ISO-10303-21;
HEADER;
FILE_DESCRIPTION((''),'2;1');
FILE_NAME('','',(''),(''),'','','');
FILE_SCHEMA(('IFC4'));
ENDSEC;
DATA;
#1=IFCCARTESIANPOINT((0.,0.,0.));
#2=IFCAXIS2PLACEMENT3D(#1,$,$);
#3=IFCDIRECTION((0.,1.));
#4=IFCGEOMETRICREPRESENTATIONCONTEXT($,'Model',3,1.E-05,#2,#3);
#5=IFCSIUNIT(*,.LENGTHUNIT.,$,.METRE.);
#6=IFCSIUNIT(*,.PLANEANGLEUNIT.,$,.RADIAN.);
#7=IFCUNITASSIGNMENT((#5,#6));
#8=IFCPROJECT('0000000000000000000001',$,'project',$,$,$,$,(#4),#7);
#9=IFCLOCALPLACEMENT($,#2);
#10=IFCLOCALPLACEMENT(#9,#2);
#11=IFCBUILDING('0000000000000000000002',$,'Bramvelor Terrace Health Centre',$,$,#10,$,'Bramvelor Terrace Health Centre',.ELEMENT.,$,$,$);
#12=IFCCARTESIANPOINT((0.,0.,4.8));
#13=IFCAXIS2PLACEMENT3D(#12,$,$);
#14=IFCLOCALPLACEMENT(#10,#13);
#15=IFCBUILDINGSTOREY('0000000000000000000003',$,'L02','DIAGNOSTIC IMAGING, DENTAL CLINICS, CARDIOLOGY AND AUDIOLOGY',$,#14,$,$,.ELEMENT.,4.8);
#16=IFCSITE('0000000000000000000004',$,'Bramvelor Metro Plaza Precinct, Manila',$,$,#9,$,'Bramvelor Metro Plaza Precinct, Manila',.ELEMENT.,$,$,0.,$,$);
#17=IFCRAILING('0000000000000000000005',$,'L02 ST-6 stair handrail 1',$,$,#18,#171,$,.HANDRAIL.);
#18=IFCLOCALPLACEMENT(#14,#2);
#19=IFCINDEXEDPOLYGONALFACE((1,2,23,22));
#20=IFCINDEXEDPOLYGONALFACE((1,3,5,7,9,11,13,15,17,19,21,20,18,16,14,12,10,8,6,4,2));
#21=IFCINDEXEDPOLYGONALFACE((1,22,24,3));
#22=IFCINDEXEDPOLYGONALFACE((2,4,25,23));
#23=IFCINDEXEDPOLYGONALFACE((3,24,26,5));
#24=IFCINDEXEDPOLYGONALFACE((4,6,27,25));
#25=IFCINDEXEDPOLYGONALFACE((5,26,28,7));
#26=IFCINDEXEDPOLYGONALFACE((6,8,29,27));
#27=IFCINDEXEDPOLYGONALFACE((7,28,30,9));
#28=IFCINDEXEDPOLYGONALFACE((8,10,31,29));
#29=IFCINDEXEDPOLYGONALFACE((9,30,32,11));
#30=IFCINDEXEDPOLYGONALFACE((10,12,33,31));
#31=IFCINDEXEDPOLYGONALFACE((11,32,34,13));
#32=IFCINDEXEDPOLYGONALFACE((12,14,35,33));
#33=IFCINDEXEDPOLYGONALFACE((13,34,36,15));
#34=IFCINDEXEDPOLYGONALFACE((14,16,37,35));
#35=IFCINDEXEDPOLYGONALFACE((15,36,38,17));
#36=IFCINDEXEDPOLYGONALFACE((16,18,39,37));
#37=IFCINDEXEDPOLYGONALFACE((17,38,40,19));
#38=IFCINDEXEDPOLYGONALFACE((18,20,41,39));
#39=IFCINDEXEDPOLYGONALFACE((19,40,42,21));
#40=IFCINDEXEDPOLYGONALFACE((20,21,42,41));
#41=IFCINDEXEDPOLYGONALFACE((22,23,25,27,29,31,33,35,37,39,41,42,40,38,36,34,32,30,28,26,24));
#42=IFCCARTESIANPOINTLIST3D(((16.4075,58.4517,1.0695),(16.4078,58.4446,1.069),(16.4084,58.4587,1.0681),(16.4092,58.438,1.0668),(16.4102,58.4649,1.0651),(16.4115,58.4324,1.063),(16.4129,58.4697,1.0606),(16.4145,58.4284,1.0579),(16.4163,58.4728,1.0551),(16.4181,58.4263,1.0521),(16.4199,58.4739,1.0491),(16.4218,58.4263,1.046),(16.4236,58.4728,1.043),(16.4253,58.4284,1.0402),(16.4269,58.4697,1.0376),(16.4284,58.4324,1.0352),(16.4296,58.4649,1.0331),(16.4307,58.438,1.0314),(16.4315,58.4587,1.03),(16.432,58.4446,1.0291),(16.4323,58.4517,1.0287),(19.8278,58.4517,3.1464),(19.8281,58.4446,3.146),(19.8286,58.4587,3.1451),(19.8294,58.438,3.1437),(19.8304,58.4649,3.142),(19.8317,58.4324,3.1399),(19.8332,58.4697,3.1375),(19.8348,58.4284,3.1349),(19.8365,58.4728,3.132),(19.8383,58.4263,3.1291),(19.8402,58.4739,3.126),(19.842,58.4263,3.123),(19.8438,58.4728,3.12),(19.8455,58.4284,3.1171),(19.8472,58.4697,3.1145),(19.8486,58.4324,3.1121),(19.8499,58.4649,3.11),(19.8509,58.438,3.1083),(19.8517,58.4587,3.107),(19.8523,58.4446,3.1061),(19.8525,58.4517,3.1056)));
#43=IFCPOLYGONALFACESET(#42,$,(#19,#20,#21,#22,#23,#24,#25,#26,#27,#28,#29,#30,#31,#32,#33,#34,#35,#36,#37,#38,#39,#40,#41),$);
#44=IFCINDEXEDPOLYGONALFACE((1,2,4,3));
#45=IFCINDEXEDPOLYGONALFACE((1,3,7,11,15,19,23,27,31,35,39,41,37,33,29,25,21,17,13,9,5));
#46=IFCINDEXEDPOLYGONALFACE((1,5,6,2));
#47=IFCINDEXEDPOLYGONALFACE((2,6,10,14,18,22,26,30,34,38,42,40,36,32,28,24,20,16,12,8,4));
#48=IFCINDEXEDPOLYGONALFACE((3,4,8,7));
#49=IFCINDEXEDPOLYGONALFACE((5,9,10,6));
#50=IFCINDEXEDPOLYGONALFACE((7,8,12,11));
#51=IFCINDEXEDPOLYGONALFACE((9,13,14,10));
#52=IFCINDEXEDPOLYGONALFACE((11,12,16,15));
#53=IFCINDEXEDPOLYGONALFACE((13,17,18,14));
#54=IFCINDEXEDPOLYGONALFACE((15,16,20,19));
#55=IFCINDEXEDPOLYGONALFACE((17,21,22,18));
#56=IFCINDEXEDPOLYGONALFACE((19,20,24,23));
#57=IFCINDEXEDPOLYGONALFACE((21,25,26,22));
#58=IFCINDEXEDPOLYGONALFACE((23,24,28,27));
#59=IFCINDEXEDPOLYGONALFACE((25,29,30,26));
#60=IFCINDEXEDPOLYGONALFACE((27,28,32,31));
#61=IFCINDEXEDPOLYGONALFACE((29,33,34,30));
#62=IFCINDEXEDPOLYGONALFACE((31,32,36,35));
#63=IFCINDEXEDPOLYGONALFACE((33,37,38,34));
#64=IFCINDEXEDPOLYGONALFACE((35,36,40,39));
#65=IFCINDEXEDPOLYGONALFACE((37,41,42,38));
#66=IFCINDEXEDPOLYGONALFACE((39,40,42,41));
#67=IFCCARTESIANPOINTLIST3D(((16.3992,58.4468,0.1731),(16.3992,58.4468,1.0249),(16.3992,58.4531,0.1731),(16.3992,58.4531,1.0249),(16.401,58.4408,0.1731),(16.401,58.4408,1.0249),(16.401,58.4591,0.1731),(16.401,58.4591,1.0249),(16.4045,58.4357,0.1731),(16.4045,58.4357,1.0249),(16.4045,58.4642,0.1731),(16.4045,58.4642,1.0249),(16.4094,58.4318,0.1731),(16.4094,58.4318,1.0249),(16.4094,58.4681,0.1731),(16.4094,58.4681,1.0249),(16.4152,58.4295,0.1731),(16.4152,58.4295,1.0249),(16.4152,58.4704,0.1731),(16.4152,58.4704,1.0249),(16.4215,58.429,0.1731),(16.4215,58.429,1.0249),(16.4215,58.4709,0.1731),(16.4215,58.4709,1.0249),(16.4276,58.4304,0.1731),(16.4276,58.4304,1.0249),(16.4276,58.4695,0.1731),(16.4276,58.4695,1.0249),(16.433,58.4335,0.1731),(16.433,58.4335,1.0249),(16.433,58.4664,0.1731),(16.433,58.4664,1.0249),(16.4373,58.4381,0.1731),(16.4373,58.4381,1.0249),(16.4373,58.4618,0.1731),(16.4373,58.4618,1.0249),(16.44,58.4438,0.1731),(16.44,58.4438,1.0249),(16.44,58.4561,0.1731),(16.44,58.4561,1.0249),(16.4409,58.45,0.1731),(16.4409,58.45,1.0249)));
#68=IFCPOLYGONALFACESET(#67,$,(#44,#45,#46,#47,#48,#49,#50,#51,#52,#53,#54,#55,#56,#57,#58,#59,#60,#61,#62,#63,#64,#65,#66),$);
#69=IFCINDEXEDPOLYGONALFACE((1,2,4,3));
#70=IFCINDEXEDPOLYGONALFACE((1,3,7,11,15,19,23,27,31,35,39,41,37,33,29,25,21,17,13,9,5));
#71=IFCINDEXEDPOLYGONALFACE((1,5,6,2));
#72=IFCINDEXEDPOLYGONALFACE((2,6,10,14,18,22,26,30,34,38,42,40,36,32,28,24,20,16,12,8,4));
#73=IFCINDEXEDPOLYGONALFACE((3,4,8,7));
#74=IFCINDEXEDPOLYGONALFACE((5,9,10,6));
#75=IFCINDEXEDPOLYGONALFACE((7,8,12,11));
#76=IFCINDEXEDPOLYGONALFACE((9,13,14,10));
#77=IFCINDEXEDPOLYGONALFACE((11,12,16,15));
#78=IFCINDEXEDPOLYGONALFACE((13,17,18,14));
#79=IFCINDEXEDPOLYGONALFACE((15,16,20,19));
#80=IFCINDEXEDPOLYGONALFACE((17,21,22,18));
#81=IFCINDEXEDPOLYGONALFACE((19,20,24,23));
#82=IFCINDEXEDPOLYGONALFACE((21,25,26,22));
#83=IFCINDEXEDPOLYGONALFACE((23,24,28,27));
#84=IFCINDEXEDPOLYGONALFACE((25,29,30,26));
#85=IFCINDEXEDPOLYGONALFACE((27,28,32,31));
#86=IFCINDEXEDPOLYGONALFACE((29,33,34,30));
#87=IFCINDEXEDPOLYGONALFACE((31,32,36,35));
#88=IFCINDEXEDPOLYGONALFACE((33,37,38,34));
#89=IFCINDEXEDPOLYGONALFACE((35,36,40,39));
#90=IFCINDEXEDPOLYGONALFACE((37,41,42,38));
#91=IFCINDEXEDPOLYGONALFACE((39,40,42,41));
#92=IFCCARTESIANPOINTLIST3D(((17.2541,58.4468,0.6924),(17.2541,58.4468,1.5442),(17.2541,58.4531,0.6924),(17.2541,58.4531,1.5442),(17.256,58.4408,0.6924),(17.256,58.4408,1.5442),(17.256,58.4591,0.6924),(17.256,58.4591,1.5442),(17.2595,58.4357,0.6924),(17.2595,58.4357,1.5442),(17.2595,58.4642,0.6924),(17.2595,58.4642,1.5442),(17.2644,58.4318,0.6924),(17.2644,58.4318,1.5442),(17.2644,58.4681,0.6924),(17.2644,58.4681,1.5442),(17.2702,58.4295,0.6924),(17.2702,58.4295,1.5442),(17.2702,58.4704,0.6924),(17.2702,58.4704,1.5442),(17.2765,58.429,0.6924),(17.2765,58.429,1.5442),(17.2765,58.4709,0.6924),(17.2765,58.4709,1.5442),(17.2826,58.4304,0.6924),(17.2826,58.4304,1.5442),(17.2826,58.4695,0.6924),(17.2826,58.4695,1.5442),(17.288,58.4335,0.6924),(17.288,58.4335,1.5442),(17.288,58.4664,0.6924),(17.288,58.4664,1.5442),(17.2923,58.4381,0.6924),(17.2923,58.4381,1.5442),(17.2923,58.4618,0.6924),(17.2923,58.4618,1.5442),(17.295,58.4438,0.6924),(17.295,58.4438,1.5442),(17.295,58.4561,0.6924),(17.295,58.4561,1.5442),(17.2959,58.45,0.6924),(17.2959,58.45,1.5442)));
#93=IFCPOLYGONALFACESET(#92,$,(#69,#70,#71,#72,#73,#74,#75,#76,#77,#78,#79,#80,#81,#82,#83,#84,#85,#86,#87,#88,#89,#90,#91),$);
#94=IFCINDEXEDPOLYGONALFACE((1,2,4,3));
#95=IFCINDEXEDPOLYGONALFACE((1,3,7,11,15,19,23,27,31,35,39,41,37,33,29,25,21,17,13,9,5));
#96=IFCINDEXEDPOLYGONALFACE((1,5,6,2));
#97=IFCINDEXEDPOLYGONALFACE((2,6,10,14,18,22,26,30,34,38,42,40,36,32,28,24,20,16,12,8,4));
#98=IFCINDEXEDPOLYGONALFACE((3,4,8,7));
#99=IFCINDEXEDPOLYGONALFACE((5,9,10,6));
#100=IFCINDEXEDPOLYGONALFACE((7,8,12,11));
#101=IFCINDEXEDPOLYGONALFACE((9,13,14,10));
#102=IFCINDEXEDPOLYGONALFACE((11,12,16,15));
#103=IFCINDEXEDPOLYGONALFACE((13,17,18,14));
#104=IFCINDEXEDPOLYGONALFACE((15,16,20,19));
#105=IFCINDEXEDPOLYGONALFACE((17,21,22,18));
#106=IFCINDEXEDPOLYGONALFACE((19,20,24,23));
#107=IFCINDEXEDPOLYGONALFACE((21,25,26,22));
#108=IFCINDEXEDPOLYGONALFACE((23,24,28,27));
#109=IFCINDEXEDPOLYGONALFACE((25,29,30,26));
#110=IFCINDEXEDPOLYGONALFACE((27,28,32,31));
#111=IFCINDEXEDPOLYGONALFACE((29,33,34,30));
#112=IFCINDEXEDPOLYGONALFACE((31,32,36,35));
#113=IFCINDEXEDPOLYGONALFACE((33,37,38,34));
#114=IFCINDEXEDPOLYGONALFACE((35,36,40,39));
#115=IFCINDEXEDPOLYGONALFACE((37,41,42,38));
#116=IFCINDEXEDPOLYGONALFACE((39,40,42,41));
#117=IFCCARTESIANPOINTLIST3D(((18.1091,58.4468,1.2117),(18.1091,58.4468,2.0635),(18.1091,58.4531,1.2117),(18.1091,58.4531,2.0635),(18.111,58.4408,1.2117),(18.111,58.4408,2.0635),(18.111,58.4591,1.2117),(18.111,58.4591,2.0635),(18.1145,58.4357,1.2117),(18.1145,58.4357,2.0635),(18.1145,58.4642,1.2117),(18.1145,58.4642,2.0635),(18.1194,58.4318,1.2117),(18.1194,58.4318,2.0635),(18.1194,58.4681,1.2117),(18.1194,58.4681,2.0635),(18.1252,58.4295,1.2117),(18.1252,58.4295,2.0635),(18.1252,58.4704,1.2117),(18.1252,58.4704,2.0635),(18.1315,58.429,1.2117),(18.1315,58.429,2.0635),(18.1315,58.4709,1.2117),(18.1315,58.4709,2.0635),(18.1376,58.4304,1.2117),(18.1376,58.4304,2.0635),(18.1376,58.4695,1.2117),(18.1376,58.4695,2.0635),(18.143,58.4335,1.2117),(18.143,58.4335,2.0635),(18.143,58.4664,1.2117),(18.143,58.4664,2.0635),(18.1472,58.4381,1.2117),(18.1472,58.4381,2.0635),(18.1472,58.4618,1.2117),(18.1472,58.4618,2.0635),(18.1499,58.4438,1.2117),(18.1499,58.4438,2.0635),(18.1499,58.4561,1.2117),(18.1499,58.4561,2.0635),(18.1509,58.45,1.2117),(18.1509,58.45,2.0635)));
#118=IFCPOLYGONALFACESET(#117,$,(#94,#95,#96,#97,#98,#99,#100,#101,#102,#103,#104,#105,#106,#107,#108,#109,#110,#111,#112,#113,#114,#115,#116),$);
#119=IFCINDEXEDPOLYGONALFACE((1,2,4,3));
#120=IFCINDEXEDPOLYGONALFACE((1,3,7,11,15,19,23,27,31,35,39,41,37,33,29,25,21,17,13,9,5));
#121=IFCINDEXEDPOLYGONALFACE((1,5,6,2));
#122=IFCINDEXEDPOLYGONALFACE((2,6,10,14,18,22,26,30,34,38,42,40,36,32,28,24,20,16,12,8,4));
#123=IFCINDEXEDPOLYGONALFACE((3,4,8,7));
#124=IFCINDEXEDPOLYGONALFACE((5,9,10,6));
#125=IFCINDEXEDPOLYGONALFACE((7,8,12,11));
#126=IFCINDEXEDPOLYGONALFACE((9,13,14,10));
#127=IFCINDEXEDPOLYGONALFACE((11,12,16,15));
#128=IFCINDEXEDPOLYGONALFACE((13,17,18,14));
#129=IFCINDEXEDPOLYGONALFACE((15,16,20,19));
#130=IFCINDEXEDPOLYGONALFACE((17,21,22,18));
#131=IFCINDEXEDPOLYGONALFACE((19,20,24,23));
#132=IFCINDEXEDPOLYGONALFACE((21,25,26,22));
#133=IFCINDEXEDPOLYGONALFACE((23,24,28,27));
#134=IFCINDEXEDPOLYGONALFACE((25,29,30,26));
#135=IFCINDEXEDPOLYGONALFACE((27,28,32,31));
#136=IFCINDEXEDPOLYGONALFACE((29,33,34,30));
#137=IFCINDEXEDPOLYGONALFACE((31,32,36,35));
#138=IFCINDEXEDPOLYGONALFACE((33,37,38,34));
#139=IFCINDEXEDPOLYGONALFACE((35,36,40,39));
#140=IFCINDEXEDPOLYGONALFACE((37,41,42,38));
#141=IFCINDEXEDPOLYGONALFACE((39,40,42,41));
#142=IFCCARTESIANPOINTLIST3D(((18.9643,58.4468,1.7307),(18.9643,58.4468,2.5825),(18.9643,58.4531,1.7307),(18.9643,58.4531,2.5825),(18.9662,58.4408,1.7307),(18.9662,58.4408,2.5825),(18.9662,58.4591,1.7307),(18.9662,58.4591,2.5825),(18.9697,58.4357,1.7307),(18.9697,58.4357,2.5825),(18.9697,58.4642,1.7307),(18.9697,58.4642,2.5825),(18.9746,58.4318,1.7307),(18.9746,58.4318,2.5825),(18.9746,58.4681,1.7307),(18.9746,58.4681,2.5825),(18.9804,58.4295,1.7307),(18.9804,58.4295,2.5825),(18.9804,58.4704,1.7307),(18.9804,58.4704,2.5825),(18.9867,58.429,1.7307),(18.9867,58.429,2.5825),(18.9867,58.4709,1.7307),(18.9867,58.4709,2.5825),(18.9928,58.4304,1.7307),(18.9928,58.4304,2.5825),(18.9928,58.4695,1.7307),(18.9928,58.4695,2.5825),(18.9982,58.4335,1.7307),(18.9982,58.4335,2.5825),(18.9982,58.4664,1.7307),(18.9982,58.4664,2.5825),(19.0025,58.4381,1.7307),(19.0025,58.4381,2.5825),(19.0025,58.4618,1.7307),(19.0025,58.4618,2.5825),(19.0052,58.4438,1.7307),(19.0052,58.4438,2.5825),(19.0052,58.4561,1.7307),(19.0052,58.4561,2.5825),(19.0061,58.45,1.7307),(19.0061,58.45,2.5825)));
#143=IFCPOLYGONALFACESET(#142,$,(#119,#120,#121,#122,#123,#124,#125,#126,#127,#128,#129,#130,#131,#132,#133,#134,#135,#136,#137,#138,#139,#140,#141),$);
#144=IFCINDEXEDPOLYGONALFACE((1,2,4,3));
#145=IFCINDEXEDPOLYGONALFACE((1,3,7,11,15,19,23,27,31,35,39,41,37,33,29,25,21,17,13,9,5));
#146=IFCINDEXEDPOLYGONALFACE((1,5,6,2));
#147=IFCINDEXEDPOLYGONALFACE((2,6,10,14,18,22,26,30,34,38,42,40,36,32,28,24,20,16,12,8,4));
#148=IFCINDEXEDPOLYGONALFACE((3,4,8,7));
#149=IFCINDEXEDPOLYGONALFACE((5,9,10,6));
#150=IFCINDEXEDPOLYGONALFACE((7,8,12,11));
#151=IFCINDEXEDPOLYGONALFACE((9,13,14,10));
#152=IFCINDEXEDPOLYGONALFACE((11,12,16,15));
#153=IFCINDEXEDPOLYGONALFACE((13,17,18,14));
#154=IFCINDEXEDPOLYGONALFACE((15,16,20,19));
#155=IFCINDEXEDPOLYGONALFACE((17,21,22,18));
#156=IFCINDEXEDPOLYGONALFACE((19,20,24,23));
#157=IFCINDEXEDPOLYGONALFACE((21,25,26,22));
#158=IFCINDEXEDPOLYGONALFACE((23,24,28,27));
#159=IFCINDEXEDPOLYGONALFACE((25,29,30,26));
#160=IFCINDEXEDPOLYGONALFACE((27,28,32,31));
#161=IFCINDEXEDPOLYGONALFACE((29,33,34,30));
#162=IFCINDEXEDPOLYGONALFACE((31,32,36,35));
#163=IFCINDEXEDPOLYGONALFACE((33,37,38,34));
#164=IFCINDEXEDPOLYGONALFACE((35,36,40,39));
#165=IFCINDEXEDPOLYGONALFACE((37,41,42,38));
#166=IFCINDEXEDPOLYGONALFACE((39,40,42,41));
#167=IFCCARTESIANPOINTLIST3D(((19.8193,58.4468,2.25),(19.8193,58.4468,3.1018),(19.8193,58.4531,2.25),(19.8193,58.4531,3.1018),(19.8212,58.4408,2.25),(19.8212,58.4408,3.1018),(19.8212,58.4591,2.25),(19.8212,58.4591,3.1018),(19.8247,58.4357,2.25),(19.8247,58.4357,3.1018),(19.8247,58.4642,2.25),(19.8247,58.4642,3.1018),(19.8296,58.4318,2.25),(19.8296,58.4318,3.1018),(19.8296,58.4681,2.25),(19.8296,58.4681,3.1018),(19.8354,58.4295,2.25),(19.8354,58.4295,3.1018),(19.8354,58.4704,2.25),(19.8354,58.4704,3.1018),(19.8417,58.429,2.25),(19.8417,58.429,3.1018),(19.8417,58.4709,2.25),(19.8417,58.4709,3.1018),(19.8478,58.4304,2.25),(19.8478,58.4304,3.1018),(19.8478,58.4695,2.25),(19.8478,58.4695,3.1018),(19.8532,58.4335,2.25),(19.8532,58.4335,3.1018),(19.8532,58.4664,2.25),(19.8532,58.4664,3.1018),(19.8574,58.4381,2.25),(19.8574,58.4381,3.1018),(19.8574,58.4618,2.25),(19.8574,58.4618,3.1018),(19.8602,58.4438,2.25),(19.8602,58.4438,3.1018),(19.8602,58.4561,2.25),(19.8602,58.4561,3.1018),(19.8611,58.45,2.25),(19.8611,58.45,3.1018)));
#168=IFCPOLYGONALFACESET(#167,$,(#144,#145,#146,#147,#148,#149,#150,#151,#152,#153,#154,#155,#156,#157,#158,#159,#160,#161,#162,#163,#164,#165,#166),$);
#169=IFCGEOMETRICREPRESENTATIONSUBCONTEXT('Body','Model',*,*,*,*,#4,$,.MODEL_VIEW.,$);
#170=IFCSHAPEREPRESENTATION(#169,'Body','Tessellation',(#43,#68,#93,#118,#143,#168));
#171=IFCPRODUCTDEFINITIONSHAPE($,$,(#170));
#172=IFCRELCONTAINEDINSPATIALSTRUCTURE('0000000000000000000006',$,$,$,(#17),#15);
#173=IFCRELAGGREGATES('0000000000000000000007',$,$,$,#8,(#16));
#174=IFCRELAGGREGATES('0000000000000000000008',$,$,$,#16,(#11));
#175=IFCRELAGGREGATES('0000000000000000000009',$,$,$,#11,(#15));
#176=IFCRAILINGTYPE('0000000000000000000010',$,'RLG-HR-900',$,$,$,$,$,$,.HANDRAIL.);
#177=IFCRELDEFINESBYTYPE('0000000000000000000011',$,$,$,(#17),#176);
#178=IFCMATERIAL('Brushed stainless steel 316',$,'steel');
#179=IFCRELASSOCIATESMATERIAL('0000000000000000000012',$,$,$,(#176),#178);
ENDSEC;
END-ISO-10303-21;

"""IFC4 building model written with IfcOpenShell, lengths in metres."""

from ifc_helpers import new_model, si_unit, direction, frame, origin, origin_2d, place, context, subcontext, project, spatial, circle, extrude, material, type_object, element, save


model = new_model("IFC4")

# Units and contexts
model_context = context("Model", 3, precision=1e-05, world=origin(), true_north=direction((0.0, 1.0)))
body_context = subcontext(model_context, "Body", "Model", "MODEL_VIEW")
ifc_project = project(units=[si_unit("LENGTHUNIT", "METRE"), si_unit("PLANEANGLEUNIT", "RADIAN")], contexts=[model_context])

# Site, building, storey
site_placement = place(None, origin())
site = spatial("IfcSite", under=ifc_project, at=site_placement, Name="Bramvelor Metro Plaza Precinct, Manila", LongName="Bramvelor Metro Plaza Precinct, Manila", CompositionType="ELEMENT", RefElevation=0.0)
building_placement = place(site_placement, origin())
building = spatial("IfcBuilding", under=site, at=building_placement, Name="Bramvelor Terrace Health Centre", LongName="Bramvelor Terrace Health Centre", CompositionType="ELEMENT")
storey_placement = place(building_placement, frame((0.0, 0.0, 4.8)))
storey = spatial("IfcBuildingStorey", under=building, at=storey_placement, Name="L02", Description="DIAGNOSTIC IMAGING, DENTAL CLINICS, CARDIOLOGY AND AUDIOLOGY", CompositionType="ELEMENT", Elevation=4.8)

# Railing
ifc_material_1 = material(Name="Brushed stainless steel 316", Category="steel")
railing_type_1 = type_object("IfcRailingType", Name="RLG-HR-900", PredefinedType="HANDRAIL", material=ifc_material_1)
railing_1_placement = place(storey_placement, frame((16.4199, 58.45, 0.1731)))
element("IfcRailing", 1, at=railing_1_placement, inside=storey, type_object=railing_type_1, Name="L02 ST-6 stair handrail 1", PredefinedType="HANDRAIL", context=body_context, shape_type="SweptSolid", body=[
    extrude(circle(Radius=0.0239, at=origin_2d()), frame((0.0, 0.0, 0.876), z_axis=(0.854746, 0.0, 0.519047), x_axis=(0.0, 1.0, 0.0)), (0.0, 0.0, 1.0), 4.0015),
    extrude(circle(Radius=0.021, at=origin_2d()), origin(), (0.0, 0.0, 1.0), 0.8518),
    extrude(circle(Radius=0.021, at=origin_2d()), frame((0.855, 0.0, 0.5193)), (0.0, 0.0, 1.0), 0.8518),
    extrude(circle(Radius=0.021, at=origin_2d()), frame((1.71, 0.0, 1.0386)), (0.0, 0.0, 1.0), 0.8518),
    extrude(circle(Radius=0.021, at=origin_2d()), frame((2.5652, 0.0, 1.5576)), (0.0, 0.0, 1.0), 0.8518),
    extrude(circle(Radius=0.021, at=origin_2d()), frame((3.4202, 0.0, 2.0769)), (0.0, 0.0, 1.0), 0.8518),
])

save(model, "model.ifc")
